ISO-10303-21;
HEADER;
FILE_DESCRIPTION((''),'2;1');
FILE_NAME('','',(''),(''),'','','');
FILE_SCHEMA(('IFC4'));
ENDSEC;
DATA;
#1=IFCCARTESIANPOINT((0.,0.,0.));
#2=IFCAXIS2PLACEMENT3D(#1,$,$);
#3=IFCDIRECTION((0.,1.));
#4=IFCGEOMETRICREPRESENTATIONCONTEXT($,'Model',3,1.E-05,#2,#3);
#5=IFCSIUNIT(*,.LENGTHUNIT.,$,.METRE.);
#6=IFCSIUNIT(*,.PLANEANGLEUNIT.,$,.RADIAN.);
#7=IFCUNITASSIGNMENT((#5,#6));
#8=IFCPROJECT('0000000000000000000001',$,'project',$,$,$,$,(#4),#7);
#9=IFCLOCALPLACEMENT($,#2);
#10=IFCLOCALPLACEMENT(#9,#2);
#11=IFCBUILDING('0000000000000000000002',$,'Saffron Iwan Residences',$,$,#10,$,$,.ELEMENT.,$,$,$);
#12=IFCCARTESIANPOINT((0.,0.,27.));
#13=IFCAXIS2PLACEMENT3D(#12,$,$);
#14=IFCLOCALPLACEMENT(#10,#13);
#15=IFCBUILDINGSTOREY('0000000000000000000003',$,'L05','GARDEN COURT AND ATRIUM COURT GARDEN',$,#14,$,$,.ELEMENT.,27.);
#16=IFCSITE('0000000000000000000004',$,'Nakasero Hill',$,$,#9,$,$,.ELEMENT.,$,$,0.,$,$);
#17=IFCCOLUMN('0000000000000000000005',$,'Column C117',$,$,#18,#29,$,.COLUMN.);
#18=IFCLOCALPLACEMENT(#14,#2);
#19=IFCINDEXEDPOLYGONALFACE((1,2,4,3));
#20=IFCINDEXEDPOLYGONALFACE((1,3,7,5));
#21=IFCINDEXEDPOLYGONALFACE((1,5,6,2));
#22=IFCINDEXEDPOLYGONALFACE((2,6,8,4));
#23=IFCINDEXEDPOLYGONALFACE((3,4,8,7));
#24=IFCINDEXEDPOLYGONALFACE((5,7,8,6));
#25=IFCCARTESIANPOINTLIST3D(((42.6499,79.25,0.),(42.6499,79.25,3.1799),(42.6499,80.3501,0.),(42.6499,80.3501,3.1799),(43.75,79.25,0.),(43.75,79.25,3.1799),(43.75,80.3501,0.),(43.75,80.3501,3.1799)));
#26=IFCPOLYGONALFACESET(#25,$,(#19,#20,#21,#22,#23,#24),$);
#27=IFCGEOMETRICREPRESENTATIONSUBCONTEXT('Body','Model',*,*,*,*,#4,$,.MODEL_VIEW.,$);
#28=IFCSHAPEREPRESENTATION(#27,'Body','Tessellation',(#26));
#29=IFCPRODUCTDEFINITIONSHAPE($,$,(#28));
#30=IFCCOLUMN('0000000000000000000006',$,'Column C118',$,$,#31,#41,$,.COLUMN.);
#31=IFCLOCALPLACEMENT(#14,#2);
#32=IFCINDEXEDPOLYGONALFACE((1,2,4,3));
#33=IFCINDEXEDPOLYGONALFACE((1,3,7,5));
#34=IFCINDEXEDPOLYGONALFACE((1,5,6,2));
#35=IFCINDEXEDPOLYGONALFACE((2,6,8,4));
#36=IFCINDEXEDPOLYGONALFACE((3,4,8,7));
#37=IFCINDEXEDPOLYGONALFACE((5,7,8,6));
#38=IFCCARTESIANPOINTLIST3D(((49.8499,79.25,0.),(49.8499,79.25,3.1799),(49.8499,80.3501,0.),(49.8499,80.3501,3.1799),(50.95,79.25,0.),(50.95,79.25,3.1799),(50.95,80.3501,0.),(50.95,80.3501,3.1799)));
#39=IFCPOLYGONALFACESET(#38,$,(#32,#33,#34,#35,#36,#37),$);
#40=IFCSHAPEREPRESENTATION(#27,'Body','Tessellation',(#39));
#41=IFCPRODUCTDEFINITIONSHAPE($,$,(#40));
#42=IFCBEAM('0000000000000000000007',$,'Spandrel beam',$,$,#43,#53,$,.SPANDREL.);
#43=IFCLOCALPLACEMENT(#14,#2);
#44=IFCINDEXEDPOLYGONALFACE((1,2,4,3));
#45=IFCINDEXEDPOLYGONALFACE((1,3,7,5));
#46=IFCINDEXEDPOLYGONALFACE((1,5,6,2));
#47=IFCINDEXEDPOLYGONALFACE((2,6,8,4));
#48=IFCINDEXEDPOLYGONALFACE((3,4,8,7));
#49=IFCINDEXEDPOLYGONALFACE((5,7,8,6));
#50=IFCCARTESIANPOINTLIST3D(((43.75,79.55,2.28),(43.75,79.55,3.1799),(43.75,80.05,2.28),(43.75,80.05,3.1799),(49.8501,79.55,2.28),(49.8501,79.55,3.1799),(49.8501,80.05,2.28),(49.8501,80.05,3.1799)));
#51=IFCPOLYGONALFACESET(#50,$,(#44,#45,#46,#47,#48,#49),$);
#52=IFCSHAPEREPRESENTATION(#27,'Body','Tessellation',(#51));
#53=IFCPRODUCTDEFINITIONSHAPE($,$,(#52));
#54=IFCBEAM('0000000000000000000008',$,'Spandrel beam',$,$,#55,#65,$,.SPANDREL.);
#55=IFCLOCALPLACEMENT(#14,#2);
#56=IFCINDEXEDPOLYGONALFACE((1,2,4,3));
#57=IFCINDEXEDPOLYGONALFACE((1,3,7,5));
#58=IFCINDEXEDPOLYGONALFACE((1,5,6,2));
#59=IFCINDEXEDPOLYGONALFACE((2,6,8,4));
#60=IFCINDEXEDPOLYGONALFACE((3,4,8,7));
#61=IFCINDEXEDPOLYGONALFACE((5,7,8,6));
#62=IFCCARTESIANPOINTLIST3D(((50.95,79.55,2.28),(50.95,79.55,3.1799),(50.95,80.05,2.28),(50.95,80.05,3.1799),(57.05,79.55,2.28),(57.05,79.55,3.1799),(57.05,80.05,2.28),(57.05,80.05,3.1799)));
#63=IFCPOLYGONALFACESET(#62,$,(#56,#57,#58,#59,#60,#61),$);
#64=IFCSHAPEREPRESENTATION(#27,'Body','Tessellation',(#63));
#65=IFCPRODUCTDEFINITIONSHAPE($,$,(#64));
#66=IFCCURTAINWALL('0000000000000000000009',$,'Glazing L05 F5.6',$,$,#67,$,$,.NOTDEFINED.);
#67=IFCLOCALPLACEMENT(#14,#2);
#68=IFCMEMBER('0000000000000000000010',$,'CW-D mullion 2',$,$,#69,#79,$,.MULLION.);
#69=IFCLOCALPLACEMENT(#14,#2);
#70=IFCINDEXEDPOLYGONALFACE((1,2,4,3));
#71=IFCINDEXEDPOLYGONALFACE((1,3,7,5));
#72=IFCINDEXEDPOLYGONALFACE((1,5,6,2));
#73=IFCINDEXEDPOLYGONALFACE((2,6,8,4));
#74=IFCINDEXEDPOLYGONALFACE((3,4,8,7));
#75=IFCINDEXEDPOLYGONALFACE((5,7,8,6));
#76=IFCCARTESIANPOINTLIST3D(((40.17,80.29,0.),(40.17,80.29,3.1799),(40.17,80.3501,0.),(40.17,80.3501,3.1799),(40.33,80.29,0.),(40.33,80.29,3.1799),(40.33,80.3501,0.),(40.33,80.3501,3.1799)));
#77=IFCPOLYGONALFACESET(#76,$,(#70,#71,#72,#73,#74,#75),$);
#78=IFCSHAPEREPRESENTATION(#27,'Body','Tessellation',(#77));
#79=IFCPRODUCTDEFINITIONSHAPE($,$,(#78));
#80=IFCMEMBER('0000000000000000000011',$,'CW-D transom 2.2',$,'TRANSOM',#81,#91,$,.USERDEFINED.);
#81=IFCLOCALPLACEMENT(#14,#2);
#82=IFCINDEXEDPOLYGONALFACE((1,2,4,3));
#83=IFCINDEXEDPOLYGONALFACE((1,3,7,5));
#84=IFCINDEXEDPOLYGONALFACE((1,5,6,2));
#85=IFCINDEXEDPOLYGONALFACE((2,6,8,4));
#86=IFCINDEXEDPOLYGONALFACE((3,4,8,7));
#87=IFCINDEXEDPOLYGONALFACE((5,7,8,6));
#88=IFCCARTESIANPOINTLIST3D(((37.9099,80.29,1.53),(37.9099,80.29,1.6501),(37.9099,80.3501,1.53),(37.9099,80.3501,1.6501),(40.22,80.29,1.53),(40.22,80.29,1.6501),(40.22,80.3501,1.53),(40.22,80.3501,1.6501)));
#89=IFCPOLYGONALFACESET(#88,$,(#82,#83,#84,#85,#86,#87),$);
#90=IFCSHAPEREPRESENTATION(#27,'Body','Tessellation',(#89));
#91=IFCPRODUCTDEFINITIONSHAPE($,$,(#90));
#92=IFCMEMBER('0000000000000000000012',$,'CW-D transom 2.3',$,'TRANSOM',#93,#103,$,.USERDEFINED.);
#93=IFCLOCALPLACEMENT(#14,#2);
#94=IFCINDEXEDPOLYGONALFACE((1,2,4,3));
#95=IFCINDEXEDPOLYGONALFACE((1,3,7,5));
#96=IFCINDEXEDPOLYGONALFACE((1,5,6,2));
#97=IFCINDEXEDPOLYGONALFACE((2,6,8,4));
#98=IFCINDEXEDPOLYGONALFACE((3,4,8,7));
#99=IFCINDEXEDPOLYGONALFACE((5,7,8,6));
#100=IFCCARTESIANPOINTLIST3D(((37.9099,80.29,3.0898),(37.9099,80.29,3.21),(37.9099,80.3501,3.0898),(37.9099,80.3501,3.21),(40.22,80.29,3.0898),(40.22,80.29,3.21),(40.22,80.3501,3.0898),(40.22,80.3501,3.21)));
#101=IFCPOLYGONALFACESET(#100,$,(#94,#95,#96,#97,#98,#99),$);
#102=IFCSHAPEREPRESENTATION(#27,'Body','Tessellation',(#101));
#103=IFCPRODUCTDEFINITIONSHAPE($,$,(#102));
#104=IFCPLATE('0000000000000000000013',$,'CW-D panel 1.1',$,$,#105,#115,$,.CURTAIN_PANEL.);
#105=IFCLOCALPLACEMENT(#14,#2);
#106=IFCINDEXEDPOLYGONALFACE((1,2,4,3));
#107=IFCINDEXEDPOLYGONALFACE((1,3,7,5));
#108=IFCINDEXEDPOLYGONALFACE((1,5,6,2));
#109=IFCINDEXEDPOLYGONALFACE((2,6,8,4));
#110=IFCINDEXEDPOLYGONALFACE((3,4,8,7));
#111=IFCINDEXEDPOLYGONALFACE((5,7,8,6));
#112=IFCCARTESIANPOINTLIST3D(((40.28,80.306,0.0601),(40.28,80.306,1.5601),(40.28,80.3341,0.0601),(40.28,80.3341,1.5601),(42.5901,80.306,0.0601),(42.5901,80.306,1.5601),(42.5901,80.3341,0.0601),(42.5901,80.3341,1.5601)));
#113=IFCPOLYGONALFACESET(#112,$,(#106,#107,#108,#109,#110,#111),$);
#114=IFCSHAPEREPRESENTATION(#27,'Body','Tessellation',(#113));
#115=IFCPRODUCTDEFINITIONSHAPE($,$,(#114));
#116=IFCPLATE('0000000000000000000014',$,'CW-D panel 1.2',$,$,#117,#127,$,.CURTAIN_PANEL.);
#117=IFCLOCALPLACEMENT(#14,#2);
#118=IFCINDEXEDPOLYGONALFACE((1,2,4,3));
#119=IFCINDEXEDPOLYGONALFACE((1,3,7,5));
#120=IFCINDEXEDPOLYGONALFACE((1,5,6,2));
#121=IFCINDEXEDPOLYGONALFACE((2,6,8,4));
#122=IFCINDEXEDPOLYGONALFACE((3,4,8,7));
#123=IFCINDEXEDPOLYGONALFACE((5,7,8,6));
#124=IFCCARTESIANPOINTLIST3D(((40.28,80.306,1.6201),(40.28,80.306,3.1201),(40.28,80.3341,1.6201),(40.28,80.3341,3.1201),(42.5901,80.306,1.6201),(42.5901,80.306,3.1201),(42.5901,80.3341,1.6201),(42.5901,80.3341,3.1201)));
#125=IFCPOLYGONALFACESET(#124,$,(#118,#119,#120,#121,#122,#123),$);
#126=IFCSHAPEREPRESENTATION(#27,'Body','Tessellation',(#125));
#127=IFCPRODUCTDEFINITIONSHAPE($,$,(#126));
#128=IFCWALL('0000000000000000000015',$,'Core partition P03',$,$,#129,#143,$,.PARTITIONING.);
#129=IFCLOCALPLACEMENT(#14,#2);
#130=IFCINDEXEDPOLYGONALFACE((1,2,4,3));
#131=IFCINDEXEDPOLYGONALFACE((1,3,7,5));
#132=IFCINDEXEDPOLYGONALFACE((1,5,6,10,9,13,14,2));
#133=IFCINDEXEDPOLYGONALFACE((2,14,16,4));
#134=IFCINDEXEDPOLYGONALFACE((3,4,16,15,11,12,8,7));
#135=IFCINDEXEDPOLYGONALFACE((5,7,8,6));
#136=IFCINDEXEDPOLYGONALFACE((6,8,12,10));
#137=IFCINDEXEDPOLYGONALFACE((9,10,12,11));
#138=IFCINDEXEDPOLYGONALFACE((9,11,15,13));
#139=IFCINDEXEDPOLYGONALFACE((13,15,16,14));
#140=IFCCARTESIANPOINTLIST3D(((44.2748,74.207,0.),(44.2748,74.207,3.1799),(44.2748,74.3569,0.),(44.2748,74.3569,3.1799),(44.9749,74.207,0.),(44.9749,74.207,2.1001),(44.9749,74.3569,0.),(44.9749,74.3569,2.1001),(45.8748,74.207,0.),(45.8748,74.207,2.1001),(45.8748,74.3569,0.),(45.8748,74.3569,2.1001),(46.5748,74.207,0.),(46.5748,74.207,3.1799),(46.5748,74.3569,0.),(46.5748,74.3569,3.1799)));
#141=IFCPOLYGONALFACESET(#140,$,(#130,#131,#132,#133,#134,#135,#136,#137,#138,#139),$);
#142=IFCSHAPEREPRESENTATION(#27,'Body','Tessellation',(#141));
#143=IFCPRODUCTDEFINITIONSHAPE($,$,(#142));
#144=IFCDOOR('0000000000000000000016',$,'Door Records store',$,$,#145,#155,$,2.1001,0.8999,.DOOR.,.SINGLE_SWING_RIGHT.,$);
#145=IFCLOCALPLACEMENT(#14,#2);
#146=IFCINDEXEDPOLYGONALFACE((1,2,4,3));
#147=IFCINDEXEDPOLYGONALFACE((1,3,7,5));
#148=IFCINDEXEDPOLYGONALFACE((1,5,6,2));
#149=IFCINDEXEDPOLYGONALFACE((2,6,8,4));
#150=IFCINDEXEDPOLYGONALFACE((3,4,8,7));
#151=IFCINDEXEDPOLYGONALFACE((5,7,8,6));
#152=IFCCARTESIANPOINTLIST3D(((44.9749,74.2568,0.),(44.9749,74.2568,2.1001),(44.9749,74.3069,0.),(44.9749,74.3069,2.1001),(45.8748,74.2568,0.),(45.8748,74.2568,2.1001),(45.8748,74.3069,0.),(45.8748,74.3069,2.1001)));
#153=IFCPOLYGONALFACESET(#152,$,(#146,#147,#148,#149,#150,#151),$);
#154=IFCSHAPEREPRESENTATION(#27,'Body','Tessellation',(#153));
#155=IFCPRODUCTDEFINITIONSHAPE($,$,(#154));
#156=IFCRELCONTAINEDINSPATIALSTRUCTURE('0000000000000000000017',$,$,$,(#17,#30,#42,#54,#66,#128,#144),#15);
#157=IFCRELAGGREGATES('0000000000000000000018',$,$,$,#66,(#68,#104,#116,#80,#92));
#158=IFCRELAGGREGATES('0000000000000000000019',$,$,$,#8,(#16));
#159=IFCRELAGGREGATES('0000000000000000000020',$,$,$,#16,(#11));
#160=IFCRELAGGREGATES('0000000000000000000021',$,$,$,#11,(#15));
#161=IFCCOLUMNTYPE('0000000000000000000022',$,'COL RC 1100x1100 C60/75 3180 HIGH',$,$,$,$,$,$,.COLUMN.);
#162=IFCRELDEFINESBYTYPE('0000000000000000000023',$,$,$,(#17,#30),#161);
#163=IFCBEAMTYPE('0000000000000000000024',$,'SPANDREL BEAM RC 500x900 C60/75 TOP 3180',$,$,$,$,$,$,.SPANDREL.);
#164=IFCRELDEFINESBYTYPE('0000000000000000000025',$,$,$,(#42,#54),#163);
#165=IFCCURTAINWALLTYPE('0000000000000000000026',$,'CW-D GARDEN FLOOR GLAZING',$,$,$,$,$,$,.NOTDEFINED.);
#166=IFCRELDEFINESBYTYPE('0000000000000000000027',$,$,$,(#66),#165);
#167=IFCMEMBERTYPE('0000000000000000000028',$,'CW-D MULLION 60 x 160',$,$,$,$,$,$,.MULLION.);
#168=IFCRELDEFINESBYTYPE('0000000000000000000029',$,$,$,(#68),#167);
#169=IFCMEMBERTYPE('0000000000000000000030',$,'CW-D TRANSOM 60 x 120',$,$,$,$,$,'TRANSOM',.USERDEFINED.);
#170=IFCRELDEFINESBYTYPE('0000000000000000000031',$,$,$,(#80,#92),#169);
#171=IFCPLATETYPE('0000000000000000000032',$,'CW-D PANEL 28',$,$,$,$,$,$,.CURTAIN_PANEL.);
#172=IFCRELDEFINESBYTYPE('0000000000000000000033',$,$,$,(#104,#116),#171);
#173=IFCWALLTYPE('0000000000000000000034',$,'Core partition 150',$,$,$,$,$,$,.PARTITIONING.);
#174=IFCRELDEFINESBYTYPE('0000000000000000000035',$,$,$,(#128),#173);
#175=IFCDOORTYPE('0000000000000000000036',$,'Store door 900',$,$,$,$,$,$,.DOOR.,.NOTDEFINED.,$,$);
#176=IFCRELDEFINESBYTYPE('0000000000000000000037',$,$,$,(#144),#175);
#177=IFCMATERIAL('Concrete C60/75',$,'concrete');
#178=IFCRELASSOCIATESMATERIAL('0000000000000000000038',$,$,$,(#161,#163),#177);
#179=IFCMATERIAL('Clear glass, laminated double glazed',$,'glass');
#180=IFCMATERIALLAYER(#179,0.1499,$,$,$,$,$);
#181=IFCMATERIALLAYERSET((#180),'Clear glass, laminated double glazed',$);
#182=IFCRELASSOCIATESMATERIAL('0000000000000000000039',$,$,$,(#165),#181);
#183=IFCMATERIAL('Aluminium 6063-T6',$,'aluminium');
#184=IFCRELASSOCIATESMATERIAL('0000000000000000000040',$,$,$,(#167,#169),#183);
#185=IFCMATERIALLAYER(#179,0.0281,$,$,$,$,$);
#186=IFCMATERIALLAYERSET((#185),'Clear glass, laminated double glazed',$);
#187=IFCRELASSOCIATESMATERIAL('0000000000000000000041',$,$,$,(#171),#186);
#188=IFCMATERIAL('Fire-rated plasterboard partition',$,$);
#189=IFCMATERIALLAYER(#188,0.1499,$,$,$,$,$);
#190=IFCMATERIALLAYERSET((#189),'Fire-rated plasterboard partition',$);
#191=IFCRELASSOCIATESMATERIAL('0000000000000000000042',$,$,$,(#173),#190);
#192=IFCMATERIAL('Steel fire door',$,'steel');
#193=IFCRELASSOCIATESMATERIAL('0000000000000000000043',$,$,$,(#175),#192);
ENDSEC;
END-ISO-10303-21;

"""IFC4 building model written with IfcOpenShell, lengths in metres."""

from ifc_helpers import new_model, si_unit, direction, frame, frame_2d, origin, origin_2d, place, context, subcontext, project, spatial, rectangle, extrude, source, transform, mapped, material, layer, layer_set, material_profile, profile_set, type_object, element, fill, aggregate, save


model = new_model("IFC4")

# Units and contexts
model_context = context("Model", 3, precision=1e-05, world=origin(), true_north=direction((0.0, 1.0)))
body_context = subcontext(model_context, "Body", "Model", "MODEL_VIEW")
ifc_project = project(units=[si_unit("LENGTHUNIT", "METRE"), si_unit("PLANEANGLEUNIT", "RADIAN")], contexts=[model_context])

# Site, building, storey
site_placement = place(None, origin())
site = spatial("IfcSite", under=ifc_project, at=site_placement, Name="Nakasero Hill", CompositionType="ELEMENT", RefElevation=0.0)
building_placement = place(site_placement, origin())
building = spatial("IfcBuilding", under=site, at=building_placement, Name="Saffron Iwan Residences", CompositionType="ELEMENT")
storey_placement = place(building_placement, frame((0.0, 0.0, 27.0)))
storey = spatial("IfcBuildingStorey", under=building, at=storey_placement, Name="L05", Description="GARDEN COURT AND ATRIUM COURT GARDEN", CompositionType="ELEMENT", Elevation=27.0)

# Columns
ifc_material_1 = material(Name="Concrete C60/75", Category="concrete")
ifc_material_profile_1 = material_profile(ifc_material_1, rectangle(XDim=1.1001, YDim=1.1001, at=origin_2d()), Name="RC 1100x1100")
ifc_profile_set_1 = profile_set([ifc_material_profile_1], Name="Concrete C60/75")
column_type = type_object("IfcColumnType", Name="COL RC 1100x1100 C60/75 3180 HIGH", PredefinedType="COLUMN", material=ifc_profile_set_1)
shared_shape_1 = source(origin(), body_context, "Body", "SweptSolid", [
    extrude(rectangle(XDim=1.1001, YDim=1.1001, at=origin_2d()), origin(), (0.0, 0.0, 1.0), 3.1799),
])
for number, where, z_axis, x_axis, name in (
    (1, (43.2, 79.8, 0.0), (0.0, 0.0, 1.0), (1.0, 0.0, 0.0), "Column C117"),
    (2, (50.3999, 79.8, 0.0), (0.0, 0.0, 1.0), (1.0, 0.0, 0.0), "Column C118"),
):
    element("IfcColumn", number, at=place(storey_placement, frame(where, z_axis=z_axis, x_axis=x_axis)), inside=storey, type_object=column_type, Name=name, PredefinedType="COLUMN", context=body_context, shape_type="MappedRepresentation", body=[
        mapped(shared_shape_1, transform((0.0, 0.0, 0.0))),
    ])

# Beams
ifc_material_profile_2 = material_profile(ifc_material_1, rectangle(XDim=0.5, YDim=0.8999, at=origin_2d()), Name="RC 500x900")
ifc_profile_set_2 = profile_set([ifc_material_profile_2], Name="Concrete C60/75")
beam_type = type_object("IfcBeamType", Name="SPANDREL BEAM RC 500x900 C60/75 TOP 3180", PredefinedType="SPANDREL", material=ifc_profile_set_2)
shared_shape_2 = source(origin(), body_context, "Body", "SweptSolid", [
    extrude(rectangle(XDim=0.5, YDim=0.8999, at=origin_2d()), origin(), (0.0, 0.0, 1.0), 6.1001),
])
for number, where, z_axis, x_axis, name in (
    (3, (43.75, 79.8, 2.73), (1.0, 0.0, 0.0), (0.0, 1.0, 0.0), "Spandrel beam"),
    (4, (50.95, 79.8, 2.73), (1.0, 0.0, 0.0), (0.0, 1.0, 0.0), "Spandrel beam"),
):
    element("IfcBeam", number, at=place(storey_placement, frame(where, z_axis=z_axis, x_axis=x_axis)), inside=storey, type_object=beam_type, Name=name, PredefinedType="SPANDREL", context=body_context, shape_type="MappedRepresentation", body=[
        mapped(shared_shape_2, transform((0.0, 0.0, 0.0))),
    ])

# Curtain wall, members, plates
ifc_material_2 = material(Name="Clear glass, laminated double glazed", Category="glass")
ifc_layer_1 = layer(ifc_material_2, 0.1499)
ifc_layer_set_1 = layer_set([ifc_layer_1], Name="Clear glass, laminated double glazed")
curtain_wall_type = type_object("IfcCurtainWallType", Name="CW-D GARDEN FLOOR GLAZING", PredefinedType="NOTDEFINED", material=ifc_layer_set_1)
curtain_wall_placement = place(storey_placement, origin())
curtain_wall = element("IfcCurtainWall", 5, at=curtain_wall_placement, inside=storey, type_object=curtain_wall_type, Name="Glazing L05 F5.6", PredefinedType="NOTDEFINED")
ifc_material_3 = material(Name="Aluminium 6063-T6", Category="aluminium")
ifc_material_profile_3 = material_profile(ifc_material_3, rectangle(XDim=0.0601, YDim=0.1599, at=origin_2d()), Name="CW-D MULLION 60 x 160")
ifc_profile_set_3 = profile_set([ifc_material_profile_3], Name="Aluminium 6063-T6")
member_type_1 = type_object("IfcMemberType", Name="CW-D MULLION 60 x 160", PredefinedType="MULLION", material=ifc_profile_set_3)
shared_shape_3 = source(origin(), body_context, "Body", "SweptSolid", [
    extrude(rectangle(XDim=0.0601, YDim=0.1599, at=origin_2d()), origin(), (0.0, 0.0, 1.0), 3.1799),
])
member_1_placement = place(storey_placement, frame((40.25, 80.3201, 0.0), z_axis=(0.0, 0.0, 1.0), x_axis=(0.0, -1.0, 0.0)))
member_1 = element("IfcMember", 6, at=member_1_placement, type_object=member_type_1, Name="CW-D mullion 2", PredefinedType="MULLION", context=body_context, shape_type="MappedRepresentation", body=[
    mapped(shared_shape_3, transform((0.0, 0.0, 0.0))),
])
ifc_material_profile_4 = material_profile(ifc_material_3, rectangle(XDim=0.0601, YDim=0.1201, at=origin_2d()), Name="CW-D TRANSOM 60 x 120")
ifc_profile_set_4 = profile_set([ifc_material_profile_4], Name="Aluminium 6063-T6")
member_type_2 = type_object("IfcMemberType", Name="CW-D TRANSOM 60 x 120", ElementType="TRANSOM", PredefinedType="USERDEFINED", material=ifc_profile_set_4)
shared_shape_4 = source(origin(), body_context, "Body", "SweptSolid", [
    extrude(rectangle(XDim=0.0601, YDim=0.1201, at=origin_2d()), origin(), (0.0, 0.0, 1.0), 2.3101),
])
member_2_placement = place(storey_placement, frame((40.22, 80.3201, 1.5901), z_axis=(-1.0, 0.0, 0.0), x_axis=(0.0, -1.0, 0.0)))
member_2 = element("IfcMember", 7, at=member_2_placement, type_object=member_type_2, Name="CW-D transom 2.2", ObjectType="TRANSOM", PredefinedType="USERDEFINED", context=body_context, shape_type="MappedRepresentation", body=[
    mapped(shared_shape_4, transform((0.0, 0.0, 0.0))),
])
member_3_placement = place(storey_placement, frame((40.22, 80.3201, 3.1499), z_axis=(-1.0, 0.0, 0.0), x_axis=(0.0, -1.0, 0.0)))
member_3 = element("IfcMember", 8, at=member_3_placement, type_object=member_type_2, Name="CW-D transom 2.3", ObjectType="TRANSOM", PredefinedType="USERDEFINED", context=body_context, shape_type="MappedRepresentation", body=[
    mapped(shared_shape_4, transform((0.0, 0.0, 0.0))),
])
ifc_layer_2 = layer(ifc_material_2, 0.0281)
ifc_layer_set_2 = layer_set([ifc_layer_2], Name="Clear glass, laminated double glazed")
plate_type = type_object("IfcPlateType", Name="CW-D PANEL 28", PredefinedType="CURTAIN_PANEL", material=ifc_layer_set_2)
shared_shape_5 = source(origin(), body_context, "Body", "SweptSolid", [
    extrude(rectangle(XDim=2.3101, YDim=0.0281, at=origin_2d()), origin(), (0.0, 0.0, 1.0), 1.5),
])
plate_1_placement = place(storey_placement, frame((41.4351, 80.3201, 0.0601), z_axis=(0.0, 0.0, 1.0), x_axis=(-1.0, 0.0, 0.0)))
plate_1 = element("IfcPlate", 9, at=plate_1_placement, type_object=plate_type, Name="CW-D panel 1.1", PredefinedType="CURTAIN_PANEL", context=body_context, shape_type="MappedRepresentation", body=[
    mapped(shared_shape_5, transform((0.0, 0.0, 0.0))),
])
plate_2_placement = place(storey_placement, frame((41.4351, 80.3201, 1.6201), z_axis=(0.0, 0.0, 1.0), x_axis=(-1.0, 0.0, 0.0)))
plate_2 = element("IfcPlate", 10, at=plate_2_placement, type_object=plate_type, Name="CW-D panel 1.2", PredefinedType="CURTAIN_PANEL", context=body_context, shape_type="MappedRepresentation", body=[
    mapped(shared_shape_5, transform((0.0, 0.0, 0.0))),
])
aggregate(curtain_wall, [member_1, plate_1, plate_2, member_2, member_3])

# Wall, opening, door
ifc_material_4 = material(Name="Fire-rated plasterboard partition")
ifc_layer_3 = layer(ifc_material_4, 0.1499)
ifc_layer_set_3 = layer_set([ifc_layer_3], Name="Fire-rated plasterboard partition")
wall_type_1 = type_object("IfcWallType", Name="Core partition 150", PredefinedType="PARTITIONING", material=ifc_layer_set_3)
wall_1_placement = place(storey_placement, frame((44.2749, 74.282, 0.0), z_axis=(0.0, 0.0, 1.0), x_axis=(1.0, 0.0, 0.0)))
wall_1 = element("IfcWall", 11, at=wall_1_placement, inside=storey, type_object=wall_type_1, Name="Core partition P03", PredefinedType="PARTITIONING", context=body_context, shape_type="SweptSolid", body=[
    extrude(rectangle(XDim=2.3, YDim=0.1499, at=frame_2d((1.1499, 0.0))), origin(), (0.0, 0.0, 1.0), 3.1799),
])
opening_1_placement = place(wall_1_placement, frame((0.7, 0.0, 0.0)))
opening_1 = element("IfcOpeningElement", 12, at=opening_1_placement, cuts=wall_1, PredefinedType="OPENING", context=body_context, shape_type="SweptSolid", body=[
    extrude(rectangle(XDim=0.8999, YDim=2.1001, at=frame_2d((0.45, 1.05))), frame((0.0, 0.085, 0.0), z_axis=(0.0, -1.0, 0.0), x_axis=(1.0, 0.0, 0.0)), (0.0, 0.0, 1.0), 0.1699),
])
ifc_material_5 = material(Name="Steel fire door", Category="steel")
door_type = type_object("IfcDoorType", Name="Store door 900", OperationType="NOTDEFINED", PredefinedType="DOOR", material=ifc_material_5)
door_1_placement = place(opening_1_placement, origin())
door_1 = element("IfcDoor", 13, at=door_1_placement, inside=storey, type_object=door_type, Name="Door Records store", OperationType="SINGLE_SWING_RIGHT", OverallHeight=2.1001, OverallWidth=0.8999, PredefinedType="DOOR", context=body_context, shape_type="SweptSolid", body=[
    extrude(rectangle(XDim=0.8999, YDim=2.1001, at=frame_2d((0.45, 1.05))), frame((0.0, 0.0249, 0.0), z_axis=(0.0, -1.0, 0.0), x_axis=(1.0, 0.0, 0.0)), (0.0, 0.0, 1.0), 0.05),
])
fill(opening_1, door_1)

save(model, "model.ifc")
